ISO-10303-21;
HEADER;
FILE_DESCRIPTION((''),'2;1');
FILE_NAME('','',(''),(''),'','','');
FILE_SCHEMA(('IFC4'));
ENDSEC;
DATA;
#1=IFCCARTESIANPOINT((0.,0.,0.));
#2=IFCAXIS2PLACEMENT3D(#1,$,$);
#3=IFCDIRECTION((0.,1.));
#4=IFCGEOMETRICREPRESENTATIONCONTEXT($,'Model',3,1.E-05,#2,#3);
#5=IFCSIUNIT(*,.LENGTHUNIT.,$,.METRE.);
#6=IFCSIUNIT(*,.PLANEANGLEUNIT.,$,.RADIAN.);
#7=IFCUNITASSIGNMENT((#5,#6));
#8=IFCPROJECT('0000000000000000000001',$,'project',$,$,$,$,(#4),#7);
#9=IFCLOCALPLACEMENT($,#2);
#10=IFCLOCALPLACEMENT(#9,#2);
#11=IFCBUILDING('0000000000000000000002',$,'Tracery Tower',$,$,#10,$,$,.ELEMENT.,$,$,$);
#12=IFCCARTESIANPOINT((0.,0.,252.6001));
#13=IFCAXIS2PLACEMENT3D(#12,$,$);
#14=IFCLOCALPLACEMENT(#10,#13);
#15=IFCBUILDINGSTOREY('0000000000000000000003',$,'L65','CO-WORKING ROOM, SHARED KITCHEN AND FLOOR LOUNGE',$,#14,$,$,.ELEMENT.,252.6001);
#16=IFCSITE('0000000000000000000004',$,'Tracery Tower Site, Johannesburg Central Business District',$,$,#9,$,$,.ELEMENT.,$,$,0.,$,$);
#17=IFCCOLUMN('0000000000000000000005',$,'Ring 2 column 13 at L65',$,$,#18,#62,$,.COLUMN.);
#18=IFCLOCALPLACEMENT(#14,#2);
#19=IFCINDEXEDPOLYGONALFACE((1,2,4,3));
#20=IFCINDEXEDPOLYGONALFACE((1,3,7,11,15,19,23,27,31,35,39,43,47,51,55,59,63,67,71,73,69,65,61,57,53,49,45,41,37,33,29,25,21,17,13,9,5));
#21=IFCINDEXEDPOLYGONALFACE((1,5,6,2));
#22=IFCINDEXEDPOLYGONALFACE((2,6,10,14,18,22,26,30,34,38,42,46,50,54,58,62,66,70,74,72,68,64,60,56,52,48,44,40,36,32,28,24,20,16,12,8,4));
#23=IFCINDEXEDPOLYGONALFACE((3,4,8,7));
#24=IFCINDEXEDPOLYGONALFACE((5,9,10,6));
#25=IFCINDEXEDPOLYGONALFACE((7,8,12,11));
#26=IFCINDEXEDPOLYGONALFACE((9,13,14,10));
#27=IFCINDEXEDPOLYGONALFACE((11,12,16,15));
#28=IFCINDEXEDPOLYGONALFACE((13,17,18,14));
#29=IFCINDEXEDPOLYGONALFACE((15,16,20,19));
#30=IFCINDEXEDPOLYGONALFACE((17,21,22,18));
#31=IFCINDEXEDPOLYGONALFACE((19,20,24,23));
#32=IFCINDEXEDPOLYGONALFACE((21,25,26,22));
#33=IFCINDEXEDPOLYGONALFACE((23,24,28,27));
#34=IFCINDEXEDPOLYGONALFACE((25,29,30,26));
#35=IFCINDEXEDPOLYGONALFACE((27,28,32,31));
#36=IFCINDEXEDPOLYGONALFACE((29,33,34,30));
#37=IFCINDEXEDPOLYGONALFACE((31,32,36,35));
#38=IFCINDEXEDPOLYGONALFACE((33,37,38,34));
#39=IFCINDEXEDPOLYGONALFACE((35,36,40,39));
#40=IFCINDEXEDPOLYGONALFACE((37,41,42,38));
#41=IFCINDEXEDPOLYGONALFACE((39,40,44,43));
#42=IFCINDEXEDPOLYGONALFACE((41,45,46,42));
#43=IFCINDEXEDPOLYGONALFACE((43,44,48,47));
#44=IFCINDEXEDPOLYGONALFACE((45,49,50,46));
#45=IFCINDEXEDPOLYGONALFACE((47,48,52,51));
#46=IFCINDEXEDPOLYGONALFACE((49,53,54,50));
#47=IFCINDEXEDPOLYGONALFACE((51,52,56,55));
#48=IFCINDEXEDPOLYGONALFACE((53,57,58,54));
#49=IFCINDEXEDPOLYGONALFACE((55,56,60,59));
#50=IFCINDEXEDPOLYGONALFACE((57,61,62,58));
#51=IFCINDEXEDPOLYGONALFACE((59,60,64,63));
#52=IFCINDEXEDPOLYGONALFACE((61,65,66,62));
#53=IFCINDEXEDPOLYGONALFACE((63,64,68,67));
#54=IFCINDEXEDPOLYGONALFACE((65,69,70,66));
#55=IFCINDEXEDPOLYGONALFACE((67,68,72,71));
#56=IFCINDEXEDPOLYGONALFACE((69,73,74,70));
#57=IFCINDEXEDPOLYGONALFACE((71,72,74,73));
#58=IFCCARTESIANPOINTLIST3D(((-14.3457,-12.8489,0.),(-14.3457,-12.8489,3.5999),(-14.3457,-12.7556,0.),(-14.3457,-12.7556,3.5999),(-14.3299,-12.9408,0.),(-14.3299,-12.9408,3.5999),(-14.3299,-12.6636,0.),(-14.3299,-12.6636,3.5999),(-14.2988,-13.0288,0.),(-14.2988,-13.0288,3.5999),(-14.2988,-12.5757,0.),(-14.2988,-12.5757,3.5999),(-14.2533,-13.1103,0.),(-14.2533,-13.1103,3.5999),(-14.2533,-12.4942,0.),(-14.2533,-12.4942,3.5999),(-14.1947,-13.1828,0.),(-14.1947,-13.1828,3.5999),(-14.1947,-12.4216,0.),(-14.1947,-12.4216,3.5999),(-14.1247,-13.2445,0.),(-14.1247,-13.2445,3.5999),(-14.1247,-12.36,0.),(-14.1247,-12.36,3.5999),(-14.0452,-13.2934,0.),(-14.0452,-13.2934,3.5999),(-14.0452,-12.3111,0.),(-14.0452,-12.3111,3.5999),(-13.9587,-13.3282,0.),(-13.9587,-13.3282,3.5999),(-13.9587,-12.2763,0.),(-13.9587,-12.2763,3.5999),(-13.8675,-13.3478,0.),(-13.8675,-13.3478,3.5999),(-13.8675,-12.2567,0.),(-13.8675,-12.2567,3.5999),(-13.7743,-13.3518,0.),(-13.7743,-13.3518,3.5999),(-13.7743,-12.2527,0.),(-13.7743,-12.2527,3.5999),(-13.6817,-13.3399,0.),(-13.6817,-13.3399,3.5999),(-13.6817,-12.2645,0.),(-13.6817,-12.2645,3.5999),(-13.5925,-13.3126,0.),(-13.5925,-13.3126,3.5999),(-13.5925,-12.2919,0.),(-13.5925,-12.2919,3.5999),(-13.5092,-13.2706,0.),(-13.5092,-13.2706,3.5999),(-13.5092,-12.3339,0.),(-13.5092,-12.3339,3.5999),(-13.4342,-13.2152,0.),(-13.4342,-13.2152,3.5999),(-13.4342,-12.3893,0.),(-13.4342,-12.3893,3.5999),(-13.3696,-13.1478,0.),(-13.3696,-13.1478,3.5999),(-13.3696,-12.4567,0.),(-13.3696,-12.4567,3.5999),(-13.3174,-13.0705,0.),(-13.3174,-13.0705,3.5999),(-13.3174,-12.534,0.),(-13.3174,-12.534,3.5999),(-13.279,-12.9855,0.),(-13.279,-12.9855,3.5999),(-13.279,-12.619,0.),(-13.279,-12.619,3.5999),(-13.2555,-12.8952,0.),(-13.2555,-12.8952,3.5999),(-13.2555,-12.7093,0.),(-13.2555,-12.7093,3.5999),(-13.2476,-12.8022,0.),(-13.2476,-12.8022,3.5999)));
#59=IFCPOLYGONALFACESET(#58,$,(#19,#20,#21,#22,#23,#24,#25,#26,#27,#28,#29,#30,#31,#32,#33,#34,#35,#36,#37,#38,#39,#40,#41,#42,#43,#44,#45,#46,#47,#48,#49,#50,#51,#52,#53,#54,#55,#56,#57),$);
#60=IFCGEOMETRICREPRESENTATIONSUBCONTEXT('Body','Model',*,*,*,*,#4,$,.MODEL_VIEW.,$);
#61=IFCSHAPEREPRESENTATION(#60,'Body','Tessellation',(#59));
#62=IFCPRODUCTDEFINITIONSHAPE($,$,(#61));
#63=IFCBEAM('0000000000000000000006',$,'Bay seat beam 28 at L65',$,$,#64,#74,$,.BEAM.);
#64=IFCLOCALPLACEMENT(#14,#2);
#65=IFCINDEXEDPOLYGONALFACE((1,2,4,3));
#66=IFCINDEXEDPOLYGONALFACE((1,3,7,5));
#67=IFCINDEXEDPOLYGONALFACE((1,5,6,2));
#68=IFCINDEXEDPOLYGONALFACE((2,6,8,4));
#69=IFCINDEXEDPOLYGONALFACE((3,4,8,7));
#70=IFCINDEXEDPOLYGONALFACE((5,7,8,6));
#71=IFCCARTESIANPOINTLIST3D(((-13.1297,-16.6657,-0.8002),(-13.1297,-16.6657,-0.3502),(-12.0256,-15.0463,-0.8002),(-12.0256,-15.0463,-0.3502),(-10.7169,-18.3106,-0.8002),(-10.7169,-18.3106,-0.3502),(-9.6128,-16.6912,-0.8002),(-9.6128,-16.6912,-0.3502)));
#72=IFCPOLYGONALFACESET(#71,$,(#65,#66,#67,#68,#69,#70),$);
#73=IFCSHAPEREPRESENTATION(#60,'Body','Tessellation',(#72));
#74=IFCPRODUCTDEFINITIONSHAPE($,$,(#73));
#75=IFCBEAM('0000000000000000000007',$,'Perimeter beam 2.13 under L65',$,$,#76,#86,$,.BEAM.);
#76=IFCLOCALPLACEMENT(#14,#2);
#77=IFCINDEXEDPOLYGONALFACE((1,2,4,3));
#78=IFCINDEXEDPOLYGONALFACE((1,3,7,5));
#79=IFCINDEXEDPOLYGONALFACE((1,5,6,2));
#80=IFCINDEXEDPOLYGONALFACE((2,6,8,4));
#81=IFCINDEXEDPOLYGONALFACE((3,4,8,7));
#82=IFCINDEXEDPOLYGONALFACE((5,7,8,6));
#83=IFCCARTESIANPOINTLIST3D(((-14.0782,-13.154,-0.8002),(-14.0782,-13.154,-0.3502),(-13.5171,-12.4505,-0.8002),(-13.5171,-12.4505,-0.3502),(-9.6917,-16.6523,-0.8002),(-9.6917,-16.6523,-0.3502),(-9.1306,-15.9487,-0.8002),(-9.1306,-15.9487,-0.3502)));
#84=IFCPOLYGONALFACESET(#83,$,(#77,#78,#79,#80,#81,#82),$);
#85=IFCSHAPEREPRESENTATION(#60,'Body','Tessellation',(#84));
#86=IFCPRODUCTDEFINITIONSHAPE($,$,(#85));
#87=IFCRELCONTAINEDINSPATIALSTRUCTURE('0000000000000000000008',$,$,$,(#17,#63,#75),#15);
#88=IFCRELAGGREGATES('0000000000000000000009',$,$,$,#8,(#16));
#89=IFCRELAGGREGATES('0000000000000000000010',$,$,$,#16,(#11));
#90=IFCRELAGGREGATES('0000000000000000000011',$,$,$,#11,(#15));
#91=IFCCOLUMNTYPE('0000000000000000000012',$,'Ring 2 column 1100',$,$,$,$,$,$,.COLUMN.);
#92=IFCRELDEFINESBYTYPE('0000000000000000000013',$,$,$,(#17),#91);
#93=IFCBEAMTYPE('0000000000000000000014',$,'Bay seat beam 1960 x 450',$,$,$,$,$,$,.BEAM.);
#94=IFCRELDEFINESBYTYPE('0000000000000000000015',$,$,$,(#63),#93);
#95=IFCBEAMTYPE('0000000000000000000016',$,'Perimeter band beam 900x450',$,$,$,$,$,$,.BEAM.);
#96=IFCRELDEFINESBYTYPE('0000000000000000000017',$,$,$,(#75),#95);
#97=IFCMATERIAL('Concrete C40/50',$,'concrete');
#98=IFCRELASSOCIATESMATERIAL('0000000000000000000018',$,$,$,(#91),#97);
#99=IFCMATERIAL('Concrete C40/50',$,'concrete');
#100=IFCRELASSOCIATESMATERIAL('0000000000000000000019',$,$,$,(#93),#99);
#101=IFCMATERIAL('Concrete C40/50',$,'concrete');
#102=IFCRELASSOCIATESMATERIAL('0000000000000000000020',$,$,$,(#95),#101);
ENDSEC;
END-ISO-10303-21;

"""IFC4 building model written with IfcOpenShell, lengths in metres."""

from ifc_helpers import new_model, si_unit, direction, frame, origin, origin_2d, place, context, subcontext, project, spatial, rectangle, circle, extrude, material, material_profile, profile_set, type_object, element, save


model = new_model("IFC4")

# Units and contexts
model_context = context("Model", 3, precision=1e-05, world=origin(), true_north=direction((0.0, 1.0)))
body_context = subcontext(model_context, "Body", "Model", "MODEL_VIEW")
ifc_project = project(units=[si_unit("LENGTHUNIT", "METRE"), si_unit("PLANEANGLEUNIT", "RADIAN")], contexts=[model_context])

# Site, building, storey
site_placement = place(None, origin())
site = spatial("IfcSite", under=ifc_project, at=site_placement, Name="Tracery Tower Site, Johannesburg Central Business District", CompositionType="ELEMENT", RefElevation=0.0)
building_placement = place(site_placement, origin())
building = spatial("IfcBuilding", under=site, at=building_placement, Name="Tracery Tower", CompositionType="ELEMENT")
storey_placement = place(building_placement, frame((0.0, 0.0, 252.6001)))
storey = spatial("IfcBuildingStorey", under=building, at=storey_placement, Name="L65", Description="CO-WORKING ROOM, SHARED KITCHEN AND FLOOR LOUNGE", CompositionType="ELEMENT", Elevation=252.6001)

# Column
ifc_material_1 = material(Name="Concrete C40/50", Category="concrete")
ifc_material_profile_1 = material_profile(ifc_material_1, circle(Radius=0.55, at=origin_2d()), Name="RC D1100")
ifc_profile_set_1 = profile_set([ifc_material_profile_1], Name="Concrete C40/50")
column_type = type_object("IfcColumnType", Name="Ring 2 column 1100", PredefinedType="COLUMN", material=ifc_profile_set_1)
column_placement = place(storey_placement, frame((-13.7976, -12.8022, 0.0), z_axis=(0.0, 0.0, 1.0), x_axis=(1.0, 0.0, 0.0)))
element("IfcColumn", 1, at=column_placement, inside=storey, type_object=column_type, Name="Ring 2 column 13 at L65", PredefinedType="COLUMN", context=body_context, shape_type="SweptSolid", body=[
    extrude(circle(Radius=0.55, at=origin_2d()), origin(), (0.0, 0.0, 1.0), 3.5999),
])

# Beams
ifc_material_2 = material(Name="Concrete C40/50", Category="concrete")
ifc_material_profile_2 = material_profile(ifc_material_2, rectangle(XDim=1.96, YDim=0.45, at=origin_2d()), Name="RC 1960x450")
ifc_profile_set_2 = profile_set([ifc_material_profile_2], Name="Concrete C40/50")
beam_type_1 = type_object("IfcBeamType", Name="Bay seat beam 1960 x 450", PredefinedType="BEAM", material=ifc_profile_set_2)
beam_1_placement = place(storey_placement, frame((-12.5776, -15.856, -0.5752), z_axis=(0.826243, -0.563313, 0.0), x_axis=(0.563313, 0.826243, 0.0)))
element("IfcBeam", 2, at=beam_1_placement, inside=storey, type_object=beam_type_1, Name="Bay seat beam 28 at L65", PredefinedType="BEAM", context=body_context, shape_type="SweptSolid", body=[
    extrude(rectangle(XDim=1.96, YDim=0.45, at=origin_2d()), origin(), (0.0, 0.0, 1.0), 2.9202),
])
ifc_material_3 = material(Name="Concrete C40/50", Category="concrete")
ifc_material_profile_3 = material_profile(ifc_material_3, rectangle(XDim=0.8999, YDim=0.45, at=origin_2d()), Name="RC 900x450")
ifc_profile_set_3 = profile_set([ifc_material_profile_3], Name="Concrete C40/50")
beam_type_2 = type_object("IfcBeamType", Name="Perimeter band beam 900x450", PredefinedType="BEAM", material=ifc_profile_set_3)
beam_2_placement = place(storey_placement, frame((-13.7976, -12.8022, -0.5752), z_axis=(0.781815, -0.623511, 0.0), x_axis=(0.623511, 0.781815, 0.0)))
element("IfcBeam", 3, at=beam_2_placement, inside=storey, type_object=beam_type_2, Name="Perimeter beam 2.13 under L65", PredefinedType="BEAM", context=body_context, shape_type="SweptSolid", body=[
    extrude(rectangle(XDim=0.8999, YDim=0.45, at=origin_2d()), origin(), (0.0, 0.0, 1.0), 5.6106),
])

save(model, "model.ifc")
